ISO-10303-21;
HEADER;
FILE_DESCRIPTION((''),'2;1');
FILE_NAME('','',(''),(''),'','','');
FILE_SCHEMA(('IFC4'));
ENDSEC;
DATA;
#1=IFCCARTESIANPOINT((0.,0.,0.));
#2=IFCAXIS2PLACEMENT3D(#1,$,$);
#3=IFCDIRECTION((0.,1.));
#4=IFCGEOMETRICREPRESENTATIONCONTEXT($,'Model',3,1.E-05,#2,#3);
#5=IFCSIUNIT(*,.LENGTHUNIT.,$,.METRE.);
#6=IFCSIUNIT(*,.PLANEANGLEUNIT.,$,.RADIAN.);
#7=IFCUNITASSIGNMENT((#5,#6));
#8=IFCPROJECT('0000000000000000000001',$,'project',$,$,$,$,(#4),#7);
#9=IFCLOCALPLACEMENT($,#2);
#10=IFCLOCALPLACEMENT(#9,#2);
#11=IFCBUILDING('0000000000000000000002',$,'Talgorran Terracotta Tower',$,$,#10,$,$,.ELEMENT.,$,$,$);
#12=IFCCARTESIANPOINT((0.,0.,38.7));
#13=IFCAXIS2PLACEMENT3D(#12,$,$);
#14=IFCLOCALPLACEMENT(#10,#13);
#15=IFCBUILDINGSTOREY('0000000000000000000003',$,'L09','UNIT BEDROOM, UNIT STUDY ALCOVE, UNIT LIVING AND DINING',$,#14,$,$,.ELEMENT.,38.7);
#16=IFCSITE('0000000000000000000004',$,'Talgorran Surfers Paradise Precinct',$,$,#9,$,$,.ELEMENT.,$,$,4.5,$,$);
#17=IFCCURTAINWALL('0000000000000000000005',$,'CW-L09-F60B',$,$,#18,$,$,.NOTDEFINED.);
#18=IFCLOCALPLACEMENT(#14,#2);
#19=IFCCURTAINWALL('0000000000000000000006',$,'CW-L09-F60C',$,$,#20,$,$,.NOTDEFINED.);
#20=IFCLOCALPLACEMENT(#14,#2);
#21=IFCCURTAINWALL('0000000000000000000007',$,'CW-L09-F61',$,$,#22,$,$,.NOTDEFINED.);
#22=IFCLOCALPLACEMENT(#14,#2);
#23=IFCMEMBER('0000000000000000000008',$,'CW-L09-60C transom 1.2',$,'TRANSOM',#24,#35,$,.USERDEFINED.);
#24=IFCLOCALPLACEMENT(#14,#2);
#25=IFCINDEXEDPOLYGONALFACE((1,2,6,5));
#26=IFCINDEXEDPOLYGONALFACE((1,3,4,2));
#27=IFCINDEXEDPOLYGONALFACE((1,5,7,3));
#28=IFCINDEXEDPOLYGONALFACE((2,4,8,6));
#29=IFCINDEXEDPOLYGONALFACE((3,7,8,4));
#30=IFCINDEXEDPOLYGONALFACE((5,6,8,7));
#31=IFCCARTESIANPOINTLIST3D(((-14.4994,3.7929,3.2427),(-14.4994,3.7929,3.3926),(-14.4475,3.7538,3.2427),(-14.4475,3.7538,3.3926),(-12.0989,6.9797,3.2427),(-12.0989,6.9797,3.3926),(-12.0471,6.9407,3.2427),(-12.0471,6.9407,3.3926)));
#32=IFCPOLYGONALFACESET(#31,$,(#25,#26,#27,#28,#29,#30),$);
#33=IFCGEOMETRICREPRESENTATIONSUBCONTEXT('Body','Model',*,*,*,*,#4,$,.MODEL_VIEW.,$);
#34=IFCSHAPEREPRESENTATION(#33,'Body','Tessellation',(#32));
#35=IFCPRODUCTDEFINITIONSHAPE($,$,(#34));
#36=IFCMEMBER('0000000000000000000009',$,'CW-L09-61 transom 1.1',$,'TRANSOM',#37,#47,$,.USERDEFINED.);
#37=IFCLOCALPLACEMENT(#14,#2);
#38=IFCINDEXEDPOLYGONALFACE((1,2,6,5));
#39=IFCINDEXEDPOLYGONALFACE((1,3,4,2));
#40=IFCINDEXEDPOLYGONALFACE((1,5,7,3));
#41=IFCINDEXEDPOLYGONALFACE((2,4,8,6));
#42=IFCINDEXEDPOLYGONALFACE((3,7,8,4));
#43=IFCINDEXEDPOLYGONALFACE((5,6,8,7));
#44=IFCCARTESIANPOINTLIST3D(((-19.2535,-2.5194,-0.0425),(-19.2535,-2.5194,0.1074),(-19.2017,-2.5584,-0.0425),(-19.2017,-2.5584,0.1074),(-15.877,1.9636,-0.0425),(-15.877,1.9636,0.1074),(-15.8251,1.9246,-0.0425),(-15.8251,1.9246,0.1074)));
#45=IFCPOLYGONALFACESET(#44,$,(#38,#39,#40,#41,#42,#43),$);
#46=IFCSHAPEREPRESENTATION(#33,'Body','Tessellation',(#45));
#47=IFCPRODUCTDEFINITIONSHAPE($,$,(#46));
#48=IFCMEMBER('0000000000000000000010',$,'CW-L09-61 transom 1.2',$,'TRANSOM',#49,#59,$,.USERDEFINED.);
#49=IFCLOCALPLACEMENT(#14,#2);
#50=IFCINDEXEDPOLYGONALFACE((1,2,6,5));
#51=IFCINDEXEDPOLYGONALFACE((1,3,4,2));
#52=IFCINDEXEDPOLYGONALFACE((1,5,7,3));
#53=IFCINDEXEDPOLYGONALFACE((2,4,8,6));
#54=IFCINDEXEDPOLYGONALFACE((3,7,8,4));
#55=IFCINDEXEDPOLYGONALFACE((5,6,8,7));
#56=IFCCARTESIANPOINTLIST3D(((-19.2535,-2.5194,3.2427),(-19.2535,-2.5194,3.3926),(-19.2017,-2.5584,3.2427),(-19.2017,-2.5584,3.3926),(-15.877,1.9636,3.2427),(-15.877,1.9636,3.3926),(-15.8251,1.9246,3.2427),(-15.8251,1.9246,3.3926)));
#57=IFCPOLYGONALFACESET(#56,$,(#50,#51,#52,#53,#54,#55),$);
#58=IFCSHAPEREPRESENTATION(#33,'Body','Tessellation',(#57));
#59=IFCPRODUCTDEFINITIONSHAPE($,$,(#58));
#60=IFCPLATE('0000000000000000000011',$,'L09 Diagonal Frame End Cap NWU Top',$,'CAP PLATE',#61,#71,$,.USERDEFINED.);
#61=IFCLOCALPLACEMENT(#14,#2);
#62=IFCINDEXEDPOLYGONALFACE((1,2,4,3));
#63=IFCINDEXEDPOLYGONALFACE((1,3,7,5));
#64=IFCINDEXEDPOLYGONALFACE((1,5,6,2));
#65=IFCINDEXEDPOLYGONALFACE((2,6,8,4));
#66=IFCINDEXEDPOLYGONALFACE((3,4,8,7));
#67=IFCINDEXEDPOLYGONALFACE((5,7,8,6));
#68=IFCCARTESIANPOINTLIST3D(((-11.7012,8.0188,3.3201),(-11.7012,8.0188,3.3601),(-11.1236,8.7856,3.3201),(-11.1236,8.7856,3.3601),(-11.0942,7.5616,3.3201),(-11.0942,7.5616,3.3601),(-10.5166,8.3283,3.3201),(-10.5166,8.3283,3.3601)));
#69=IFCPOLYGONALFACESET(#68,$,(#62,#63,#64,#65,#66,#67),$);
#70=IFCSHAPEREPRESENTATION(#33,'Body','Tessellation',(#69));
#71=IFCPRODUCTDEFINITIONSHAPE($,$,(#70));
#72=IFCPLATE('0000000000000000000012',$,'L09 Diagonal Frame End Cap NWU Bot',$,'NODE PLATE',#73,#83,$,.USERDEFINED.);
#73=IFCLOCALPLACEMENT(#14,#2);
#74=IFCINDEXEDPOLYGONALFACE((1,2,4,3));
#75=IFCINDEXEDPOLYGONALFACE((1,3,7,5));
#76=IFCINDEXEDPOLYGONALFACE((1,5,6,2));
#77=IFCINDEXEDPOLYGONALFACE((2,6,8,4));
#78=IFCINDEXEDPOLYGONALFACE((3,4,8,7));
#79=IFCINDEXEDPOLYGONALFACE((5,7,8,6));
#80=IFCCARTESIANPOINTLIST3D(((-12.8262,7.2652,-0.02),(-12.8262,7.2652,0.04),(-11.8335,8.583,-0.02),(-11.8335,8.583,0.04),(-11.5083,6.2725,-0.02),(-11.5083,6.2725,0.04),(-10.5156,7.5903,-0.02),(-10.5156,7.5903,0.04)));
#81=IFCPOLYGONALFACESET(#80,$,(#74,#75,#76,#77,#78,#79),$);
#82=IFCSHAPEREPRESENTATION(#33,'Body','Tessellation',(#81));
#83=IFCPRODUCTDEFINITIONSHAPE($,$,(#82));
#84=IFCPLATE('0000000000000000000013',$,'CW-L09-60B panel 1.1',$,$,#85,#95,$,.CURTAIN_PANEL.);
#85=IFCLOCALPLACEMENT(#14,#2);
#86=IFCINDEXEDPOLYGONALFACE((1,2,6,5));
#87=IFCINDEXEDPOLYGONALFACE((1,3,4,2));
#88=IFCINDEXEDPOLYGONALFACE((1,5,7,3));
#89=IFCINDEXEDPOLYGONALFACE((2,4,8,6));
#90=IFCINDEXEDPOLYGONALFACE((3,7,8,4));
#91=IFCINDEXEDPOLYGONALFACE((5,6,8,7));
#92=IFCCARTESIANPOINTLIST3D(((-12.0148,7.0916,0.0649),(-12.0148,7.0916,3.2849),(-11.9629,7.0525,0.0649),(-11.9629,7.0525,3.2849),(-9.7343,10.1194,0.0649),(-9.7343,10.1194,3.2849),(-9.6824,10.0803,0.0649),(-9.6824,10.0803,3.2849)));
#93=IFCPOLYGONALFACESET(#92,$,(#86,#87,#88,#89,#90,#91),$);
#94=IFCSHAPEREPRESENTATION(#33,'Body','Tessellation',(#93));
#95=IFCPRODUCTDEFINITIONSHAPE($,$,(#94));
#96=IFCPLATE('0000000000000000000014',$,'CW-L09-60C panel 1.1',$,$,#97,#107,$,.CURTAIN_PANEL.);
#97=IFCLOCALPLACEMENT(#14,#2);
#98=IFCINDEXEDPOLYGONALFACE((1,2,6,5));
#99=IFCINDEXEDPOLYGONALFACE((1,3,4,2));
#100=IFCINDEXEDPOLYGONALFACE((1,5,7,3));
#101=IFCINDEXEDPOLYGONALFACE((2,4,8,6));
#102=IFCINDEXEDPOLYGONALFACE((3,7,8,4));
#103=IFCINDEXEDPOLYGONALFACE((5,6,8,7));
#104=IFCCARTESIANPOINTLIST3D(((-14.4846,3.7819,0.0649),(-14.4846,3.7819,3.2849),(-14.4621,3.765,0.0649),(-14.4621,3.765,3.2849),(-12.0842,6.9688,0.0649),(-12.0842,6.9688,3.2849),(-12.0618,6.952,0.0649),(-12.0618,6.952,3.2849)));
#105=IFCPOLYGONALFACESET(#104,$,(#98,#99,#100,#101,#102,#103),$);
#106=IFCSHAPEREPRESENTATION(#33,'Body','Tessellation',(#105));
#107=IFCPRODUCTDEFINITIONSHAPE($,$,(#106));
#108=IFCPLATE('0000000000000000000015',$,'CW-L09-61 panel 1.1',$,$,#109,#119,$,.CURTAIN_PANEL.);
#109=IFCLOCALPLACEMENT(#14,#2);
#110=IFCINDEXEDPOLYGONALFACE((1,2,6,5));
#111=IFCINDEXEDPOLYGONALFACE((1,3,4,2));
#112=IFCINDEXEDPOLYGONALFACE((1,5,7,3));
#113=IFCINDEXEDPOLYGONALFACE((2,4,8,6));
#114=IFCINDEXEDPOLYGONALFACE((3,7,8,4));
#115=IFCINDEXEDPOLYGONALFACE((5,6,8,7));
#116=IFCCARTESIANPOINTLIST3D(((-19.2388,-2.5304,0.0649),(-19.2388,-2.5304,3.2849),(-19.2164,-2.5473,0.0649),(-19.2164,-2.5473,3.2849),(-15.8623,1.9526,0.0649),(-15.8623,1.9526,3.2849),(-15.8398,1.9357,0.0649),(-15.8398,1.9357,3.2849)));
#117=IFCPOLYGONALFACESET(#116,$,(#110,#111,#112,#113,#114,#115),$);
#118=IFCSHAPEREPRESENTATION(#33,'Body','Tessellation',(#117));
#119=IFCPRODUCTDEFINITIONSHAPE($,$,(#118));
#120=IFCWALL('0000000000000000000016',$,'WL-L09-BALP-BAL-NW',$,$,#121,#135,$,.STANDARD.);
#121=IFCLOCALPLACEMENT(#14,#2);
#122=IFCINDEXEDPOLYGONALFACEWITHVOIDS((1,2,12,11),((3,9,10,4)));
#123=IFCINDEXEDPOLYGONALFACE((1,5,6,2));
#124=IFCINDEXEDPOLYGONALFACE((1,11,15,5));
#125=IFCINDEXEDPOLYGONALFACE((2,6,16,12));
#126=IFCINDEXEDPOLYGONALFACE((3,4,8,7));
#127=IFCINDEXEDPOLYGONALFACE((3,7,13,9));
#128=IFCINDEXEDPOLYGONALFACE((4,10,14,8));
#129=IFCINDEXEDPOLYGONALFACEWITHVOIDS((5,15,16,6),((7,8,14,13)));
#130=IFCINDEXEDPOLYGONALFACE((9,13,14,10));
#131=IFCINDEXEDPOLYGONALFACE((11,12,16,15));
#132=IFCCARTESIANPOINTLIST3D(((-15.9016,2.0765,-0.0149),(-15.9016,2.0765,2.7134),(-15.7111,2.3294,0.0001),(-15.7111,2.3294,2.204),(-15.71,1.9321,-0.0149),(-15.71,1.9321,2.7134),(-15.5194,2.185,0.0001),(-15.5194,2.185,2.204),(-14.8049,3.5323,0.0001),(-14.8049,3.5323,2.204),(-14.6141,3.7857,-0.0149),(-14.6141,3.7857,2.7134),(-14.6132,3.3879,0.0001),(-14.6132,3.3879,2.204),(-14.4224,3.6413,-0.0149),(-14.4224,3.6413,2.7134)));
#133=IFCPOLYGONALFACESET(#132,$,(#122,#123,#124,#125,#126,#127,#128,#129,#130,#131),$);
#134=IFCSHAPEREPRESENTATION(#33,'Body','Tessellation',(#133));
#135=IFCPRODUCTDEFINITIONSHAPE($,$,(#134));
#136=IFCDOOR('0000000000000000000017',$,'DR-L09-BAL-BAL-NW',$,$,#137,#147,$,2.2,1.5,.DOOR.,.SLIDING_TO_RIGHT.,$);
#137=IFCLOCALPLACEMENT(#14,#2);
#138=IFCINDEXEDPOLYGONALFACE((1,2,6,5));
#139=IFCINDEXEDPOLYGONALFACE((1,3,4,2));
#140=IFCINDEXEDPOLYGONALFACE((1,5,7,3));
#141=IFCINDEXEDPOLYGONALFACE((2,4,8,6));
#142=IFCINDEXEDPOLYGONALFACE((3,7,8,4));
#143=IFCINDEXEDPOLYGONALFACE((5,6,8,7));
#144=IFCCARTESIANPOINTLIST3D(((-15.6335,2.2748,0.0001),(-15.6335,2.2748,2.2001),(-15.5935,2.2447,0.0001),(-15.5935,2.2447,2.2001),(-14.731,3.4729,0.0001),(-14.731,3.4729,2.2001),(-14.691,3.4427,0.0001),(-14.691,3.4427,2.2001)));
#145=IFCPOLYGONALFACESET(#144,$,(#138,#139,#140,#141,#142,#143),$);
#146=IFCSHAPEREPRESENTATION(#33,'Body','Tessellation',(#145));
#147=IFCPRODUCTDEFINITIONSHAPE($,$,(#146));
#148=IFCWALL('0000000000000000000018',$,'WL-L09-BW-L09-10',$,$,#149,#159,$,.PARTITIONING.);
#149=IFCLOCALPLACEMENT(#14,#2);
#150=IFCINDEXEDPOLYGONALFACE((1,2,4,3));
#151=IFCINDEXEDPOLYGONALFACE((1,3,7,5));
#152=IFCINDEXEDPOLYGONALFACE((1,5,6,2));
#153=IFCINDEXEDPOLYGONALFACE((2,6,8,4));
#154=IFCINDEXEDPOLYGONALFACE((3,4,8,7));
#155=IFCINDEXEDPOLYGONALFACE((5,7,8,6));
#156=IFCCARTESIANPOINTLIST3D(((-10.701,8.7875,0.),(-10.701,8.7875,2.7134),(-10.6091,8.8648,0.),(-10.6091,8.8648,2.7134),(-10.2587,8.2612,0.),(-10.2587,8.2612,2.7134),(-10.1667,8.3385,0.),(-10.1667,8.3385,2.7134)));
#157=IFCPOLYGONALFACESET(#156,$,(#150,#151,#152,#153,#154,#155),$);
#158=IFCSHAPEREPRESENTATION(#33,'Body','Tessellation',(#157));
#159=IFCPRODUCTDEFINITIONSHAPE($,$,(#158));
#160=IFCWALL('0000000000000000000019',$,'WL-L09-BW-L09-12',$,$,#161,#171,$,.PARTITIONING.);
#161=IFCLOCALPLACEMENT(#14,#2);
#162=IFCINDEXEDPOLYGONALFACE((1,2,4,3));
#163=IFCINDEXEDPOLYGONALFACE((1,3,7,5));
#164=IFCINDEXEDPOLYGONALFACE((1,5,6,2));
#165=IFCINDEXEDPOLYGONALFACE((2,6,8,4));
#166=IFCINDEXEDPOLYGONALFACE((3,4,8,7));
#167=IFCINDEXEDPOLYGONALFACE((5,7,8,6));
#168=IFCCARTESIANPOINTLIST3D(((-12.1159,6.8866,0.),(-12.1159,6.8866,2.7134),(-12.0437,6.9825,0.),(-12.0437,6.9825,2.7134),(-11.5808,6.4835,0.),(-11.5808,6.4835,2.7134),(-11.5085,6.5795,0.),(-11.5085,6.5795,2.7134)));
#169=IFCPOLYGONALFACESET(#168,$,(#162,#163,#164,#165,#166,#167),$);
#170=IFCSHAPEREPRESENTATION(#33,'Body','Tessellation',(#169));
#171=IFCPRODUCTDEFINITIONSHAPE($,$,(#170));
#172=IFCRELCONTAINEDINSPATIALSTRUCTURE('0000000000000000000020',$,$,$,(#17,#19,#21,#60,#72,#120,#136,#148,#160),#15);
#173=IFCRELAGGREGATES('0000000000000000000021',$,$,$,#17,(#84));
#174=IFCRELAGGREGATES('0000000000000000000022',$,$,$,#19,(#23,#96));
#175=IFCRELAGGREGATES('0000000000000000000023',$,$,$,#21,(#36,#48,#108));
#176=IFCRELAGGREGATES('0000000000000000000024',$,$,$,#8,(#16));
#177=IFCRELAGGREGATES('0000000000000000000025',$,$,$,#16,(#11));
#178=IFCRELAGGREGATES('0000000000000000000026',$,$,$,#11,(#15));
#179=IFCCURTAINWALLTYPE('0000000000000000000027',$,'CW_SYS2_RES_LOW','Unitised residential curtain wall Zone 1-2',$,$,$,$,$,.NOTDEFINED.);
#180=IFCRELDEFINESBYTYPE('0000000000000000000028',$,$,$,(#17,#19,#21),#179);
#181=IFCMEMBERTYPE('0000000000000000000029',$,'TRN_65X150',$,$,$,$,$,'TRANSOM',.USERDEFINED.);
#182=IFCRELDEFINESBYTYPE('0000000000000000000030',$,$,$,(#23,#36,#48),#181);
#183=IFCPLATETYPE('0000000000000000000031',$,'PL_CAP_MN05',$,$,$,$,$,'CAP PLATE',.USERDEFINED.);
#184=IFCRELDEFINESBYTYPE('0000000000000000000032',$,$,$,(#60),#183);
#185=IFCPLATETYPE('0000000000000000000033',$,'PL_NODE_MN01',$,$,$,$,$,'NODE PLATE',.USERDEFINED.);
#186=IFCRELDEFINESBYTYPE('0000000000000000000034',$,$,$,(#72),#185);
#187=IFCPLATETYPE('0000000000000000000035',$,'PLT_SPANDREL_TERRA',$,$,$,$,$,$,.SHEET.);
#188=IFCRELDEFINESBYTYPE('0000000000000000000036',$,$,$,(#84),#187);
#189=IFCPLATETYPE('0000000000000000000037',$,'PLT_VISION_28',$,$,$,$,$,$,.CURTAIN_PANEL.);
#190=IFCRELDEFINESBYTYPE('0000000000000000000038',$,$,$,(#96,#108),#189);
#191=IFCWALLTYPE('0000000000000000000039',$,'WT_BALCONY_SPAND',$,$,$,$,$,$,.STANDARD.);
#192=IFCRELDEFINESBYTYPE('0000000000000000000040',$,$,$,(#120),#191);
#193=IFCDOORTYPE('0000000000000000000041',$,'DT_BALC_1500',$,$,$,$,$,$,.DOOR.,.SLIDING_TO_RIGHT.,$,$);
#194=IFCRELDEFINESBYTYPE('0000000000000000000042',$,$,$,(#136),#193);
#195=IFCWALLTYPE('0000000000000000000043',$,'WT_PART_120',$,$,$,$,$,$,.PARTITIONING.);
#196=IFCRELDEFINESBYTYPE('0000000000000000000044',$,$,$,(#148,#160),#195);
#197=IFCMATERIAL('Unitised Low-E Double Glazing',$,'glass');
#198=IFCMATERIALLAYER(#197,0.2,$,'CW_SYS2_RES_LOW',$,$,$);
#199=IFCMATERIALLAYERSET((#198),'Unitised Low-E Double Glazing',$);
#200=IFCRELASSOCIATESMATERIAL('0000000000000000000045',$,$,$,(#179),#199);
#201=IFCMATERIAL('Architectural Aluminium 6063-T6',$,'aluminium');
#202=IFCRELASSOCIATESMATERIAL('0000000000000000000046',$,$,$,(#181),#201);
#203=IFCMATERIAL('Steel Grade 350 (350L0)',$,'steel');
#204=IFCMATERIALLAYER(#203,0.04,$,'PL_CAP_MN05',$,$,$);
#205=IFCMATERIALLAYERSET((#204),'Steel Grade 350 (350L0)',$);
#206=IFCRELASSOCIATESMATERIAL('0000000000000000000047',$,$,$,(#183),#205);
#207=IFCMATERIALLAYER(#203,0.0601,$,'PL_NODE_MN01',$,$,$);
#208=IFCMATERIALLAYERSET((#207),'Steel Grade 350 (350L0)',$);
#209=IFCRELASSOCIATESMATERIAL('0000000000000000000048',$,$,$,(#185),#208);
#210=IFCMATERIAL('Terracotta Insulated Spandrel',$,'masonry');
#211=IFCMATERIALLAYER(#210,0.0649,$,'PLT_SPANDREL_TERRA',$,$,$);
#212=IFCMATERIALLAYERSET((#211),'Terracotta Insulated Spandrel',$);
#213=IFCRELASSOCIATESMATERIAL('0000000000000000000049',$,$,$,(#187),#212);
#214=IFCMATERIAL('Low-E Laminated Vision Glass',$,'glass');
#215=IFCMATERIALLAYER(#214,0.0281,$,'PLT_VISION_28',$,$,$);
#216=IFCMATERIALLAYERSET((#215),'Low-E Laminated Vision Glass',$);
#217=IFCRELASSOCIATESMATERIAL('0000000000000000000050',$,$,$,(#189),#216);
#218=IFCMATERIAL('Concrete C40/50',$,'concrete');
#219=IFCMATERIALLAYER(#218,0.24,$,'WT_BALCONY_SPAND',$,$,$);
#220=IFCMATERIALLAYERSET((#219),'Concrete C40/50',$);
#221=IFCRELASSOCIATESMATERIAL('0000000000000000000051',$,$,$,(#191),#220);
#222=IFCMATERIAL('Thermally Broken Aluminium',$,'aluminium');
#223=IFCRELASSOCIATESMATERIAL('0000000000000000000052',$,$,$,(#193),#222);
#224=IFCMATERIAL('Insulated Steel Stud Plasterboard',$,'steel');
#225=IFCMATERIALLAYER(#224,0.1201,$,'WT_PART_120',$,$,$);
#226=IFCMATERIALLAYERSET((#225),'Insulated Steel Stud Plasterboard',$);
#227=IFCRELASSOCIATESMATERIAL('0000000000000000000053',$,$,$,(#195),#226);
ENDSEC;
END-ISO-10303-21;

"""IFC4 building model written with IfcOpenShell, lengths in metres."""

from ifc_helpers import new_model, si_unit, direction, frame, frame_2d, origin, origin_2d, place, context, subcontext, project, spatial, rectangle, extrude, source, transform, mapped, material, layer, layer_set, material_profile, profile_set, type_object, type_shapes, element, fill, aggregate, save


model = new_model("IFC4")

# Units and contexts
model_context = context("Model", 3, precision=1e-05, world=origin(), true_north=direction((0.0, 1.0)))
body_context = subcontext(model_context, "Body", "Model", "MODEL_VIEW")
ifc_project = project(units=[si_unit("LENGTHUNIT", "METRE"), si_unit("PLANEANGLEUNIT", "RADIAN")], contexts=[model_context])

# Site, building, storey
site_placement = place(None, origin())
site = spatial("IfcSite", under=ifc_project, at=site_placement, Name="Talgorran Surfers Paradise Precinct", CompositionType="ELEMENT", RefElevation=4.5)
building_placement = place(site_placement, origin())
building = spatial("IfcBuilding", under=site, at=building_placement, Name="Talgorran Terracotta Tower", CompositionType="ELEMENT")
storey_placement = place(building_placement, frame((0.0, 0.0, 38.7)))
storey = spatial("IfcBuildingStorey", under=building, at=storey_placement, Name="L09", Description="UNIT BEDROOM, UNIT STUDY ALCOVE, UNIT LIVING AND DINING", CompositionType="ELEMENT", Elevation=38.7)

# Shared definitions
ifc_material_1 = material(Name="Steel Grade 350 (350L0)", Category="steel")

# Curtain wall
ifc_material_2 = material(Name="Unitised Low-E Double Glazing", Category="glass")
ifc_layer_1 = layer(ifc_material_2, 0.2, Name="CW_SYS2_RES_LOW")
ifc_layer_set_1 = layer_set([ifc_layer_1], Name="Unitised Low-E Double Glazing")
curtain_wall_type = type_object("IfcCurtainWallType", Name="CW_SYS2_RES_LOW", Description="Unitised residential curtain wall Zone 1-2", PredefinedType="NOTDEFINED", material=ifc_layer_set_1)
curtain_wall_1_placement = place(storey_placement, origin())
curtain_wall_1 = element("IfcCurtainWall", 1, at=curtain_wall_1_placement, inside=storey, type_object=curtain_wall_type, Name="CW-L09-F60B", PredefinedType="NOTDEFINED")
ifc_material_3 = material(Name="Architectural Aluminium 6063-T6", Category="aluminium")

# Curtain wall
curtain_wall_2_placement = place(storey_placement, origin())
curtain_wall_2 = element("IfcCurtainWall", 2, at=curtain_wall_2_placement, inside=storey, type_object=curtain_wall_type, Name="CW-L09-F60C", PredefinedType="NOTDEFINED")

# Curtain wall
curtain_wall_3_placement = place(storey_placement, origin())
curtain_wall_3 = element("IfcCurtainWall", 3, at=curtain_wall_3_placement, inside=storey, type_object=curtain_wall_type, Name="CW-L09-F61", PredefinedType="NOTDEFINED")

# Members
ifc_material_profile_1 = material_profile(ifc_material_3, rectangle(XDim=0.0649, YDim=0.1499, at=origin_2d()), Name="CWT65X150")
ifc_profile_set_1 = profile_set([ifc_material_profile_1], Name="Architectural Aluminium 6063-T6")
member_type_1 = type_object("IfcMemberType", Name="TRN_65X150", ElementType="TRANSOM", PredefinedType="USERDEFINED", material=ifc_profile_set_1)
member_1_placement = place(storey_placement, frame((-12.073, 6.9602, 3.3176), z_axis=(-0.601653, -0.798757, 0.0), x_axis=(0.798757, -0.601653, 0.0)))
member_1 = element("IfcMember", 4, at=member_1_placement, type_object=member_type_1, Name="CW-L09-60C transom 1.2", ObjectType="TRANSOM", PredefinedType="USERDEFINED", context=body_context, shape_type="SweptSolid", body=[
    extrude(rectangle(XDim=0.0649, YDim=0.1499, at=origin_2d()), origin(), (0.0, 0.0, 1.0), 3.9897),
])
member_2_placement = place(storey_placement, frame((-15.8511, 1.9441, 0.0325), z_axis=(-0.601627, -0.798777, 0.0), x_axis=(0.798777, -0.601627, 0.0)))
member_2 = element("IfcMember", 5, at=member_2_placement, type_object=member_type_1, Name="CW-L09-61 transom 1.1", ObjectType="TRANSOM", PredefinedType="USERDEFINED", context=body_context, shape_type="SweptSolid", body=[
    extrude(rectangle(XDim=0.0649, YDim=0.1499, at=origin_2d()), origin(), (0.0, 0.0, 1.0), 5.6123),
])
member_3_placement = place(storey_placement, frame((-15.8511, 1.9441, 3.3176), z_axis=(-0.601627, -0.798777, 0.0), x_axis=(0.798777, -0.601627, 0.0)))
member_3 = element("IfcMember", 6, at=member_3_placement, type_object=member_type_1, Name="CW-L09-61 transom 1.2", ObjectType="TRANSOM", PredefinedType="USERDEFINED", context=body_context, shape_type="SweptSolid", body=[
    extrude(rectangle(XDim=0.0649, YDim=0.1499, at=origin_2d()), origin(), (0.0, 0.0, 1.0), 5.6123),
])

# Plates
ifc_layer_2 = layer(ifc_material_1, 0.04, Name="PL_CAP_MN05")
ifc_layer_set_2 = layer_set([ifc_layer_2], Name="Steel Grade 350 (350L0)")
plate_type_1 = type_object("IfcPlateType", Name="PL_CAP_MN05", ElementType="CAP PLATE", PredefinedType="USERDEFINED", material=ifc_layer_set_2)
plate_1_placement = place(storey_placement, frame((-11.1089, 8.1736, 3.3201), z_axis=(0.0, 0.0, 1.0), x_axis=(0.601676, 0.798741, 0.0)))
element("IfcPlate", 7, at=plate_1_placement, inside=storey, type_object=plate_type_1, Name="L09 Diagonal Frame End Cap NWU Top", ObjectType="CAP PLATE", PredefinedType="USERDEFINED", context=body_context, shape_type="SweptSolid", body=[
    extrude(rectangle(XDim=0.96, YDim=0.76, at=origin_2d()), origin(), (0.0, 0.0, 1.0), 0.04),
])
ifc_layer_3 = layer(ifc_material_1, 0.0601, Name="PL_NODE_MN01")
ifc_layer_set_3 = layer_set([ifc_layer_3], Name="Steel Grade 350 (350L0)")
plate_type_2 = type_object("IfcPlateType", Name="PL_NODE_MN01", ElementType="NODE PLATE", PredefinedType="USERDEFINED", material=ifc_layer_set_3)
plate_2_placement = place(storey_placement, frame((-11.6709, 7.4277, -0.02), z_axis=(0.0, 0.0, 1.0), x_axis=(0.601676, 0.798741, 0.0)))
element("IfcPlate", 8, at=plate_2_placement, inside=storey, type_object=plate_type_2, Name="L09 Diagonal Frame End Cap NWU Bot", ObjectType="NODE PLATE", PredefinedType="USERDEFINED", context=body_context, shape_type="SweptSolid", body=[
    extrude(rectangle(XDim=1.6499, YDim=1.6499, at=origin_2d()), origin(), (0.0, 0.0, 1.0), 0.0601),
])

# Plates
ifc_material_4 = material(Name="Terracotta Insulated Spandrel", Category="masonry")
ifc_layer_4 = layer(ifc_material_4, 0.0649, Name="PLT_SPANDREL_TERRA")
ifc_layer_set_4 = layer_set([ifc_layer_4], Name="Terracotta Insulated Spandrel")
plate_type_3 = type_object("IfcPlateType", Name="PLT_SPANDREL_TERRA", PredefinedType="SHEET", material=ifc_layer_set_4)
shared_shape_1 = source(origin(), body_context, "Body", "SweptSolid", [
    extrude(rectangle(XDim=3.7905, YDim=0.0649, at=origin_2d()), origin(), (0.0, 0.0, 1.0), 3.22),
])
type_shapes(plate_type_3, [shared_shape_1])
plate_3_placement = place(storey_placement, frame((-10.8486, 8.5859, 0.0649), z_axis=(0.0, 0.0, 1.0), x_axis=(-0.601631, -0.798774, 0.0)))
plate_3 = element("IfcPlate", 9, at=plate_3_placement, type_object=plate_type_3, Name="CW-L09-60B panel 1.1", PredefinedType="CURTAIN_PANEL", context=body_context, shape_type="MappedRepresentation", body=[
    mapped(shared_shape_1, transform((0.0, 0.0, 0.0), scale=1.0)),
])
aggregate(curtain_wall_1, [plate_3])
ifc_material_5 = material(Name="Low-E Laminated Vision Glass", Category="glass")
ifc_layer_5 = layer(ifc_material_5, 0.0281, Name="PLT_VISION_28")
ifc_layer_set_5 = layer_set([ifc_layer_5], Name="Low-E Laminated Vision Glass")
plate_type_4 = type_object("IfcPlateType", Name="PLT_VISION_28", PredefinedType="CURTAIN_PANEL", material=ifc_layer_set_5)
shared_shape_2 = source(origin(), body_context, "Body", "SweptSolid", [
    extrude(rectangle(XDim=3.9897, YDim=0.0281, at=origin_2d()), origin(), (0.0, 0.0, 1.0), 3.22),
])
plate_4_placement = place(storey_placement, frame((-13.2732, 5.3669, 0.0649), z_axis=(0.0, 0.0, 1.0), x_axis=(-0.601626, -0.798778, 0.0)))
plate_4 = element("IfcPlate", 10, at=plate_4_placement, type_object=plate_type_4, Name="CW-L09-60C panel 1.1", PredefinedType="CURTAIN_PANEL", context=body_context, shape_type="MappedRepresentation", body=[
    mapped(shared_shape_2, transform((0.0, 0.0, 0.0), scale=1.0)),
])
aggregate(curtain_wall_2, [member_1, plate_4])
shared_shape_3 = source(origin(), body_context, "Body", "SweptSolid", [
    extrude(rectangle(XDim=5.6123, YDim=0.0281, at=origin_2d()), origin(), (0.0, 0.0, 1.0), 3.22),
])
type_shapes(plate_type_4, [shared_shape_2, shared_shape_3])
plate_5_placement = place(storey_placement, frame((-17.5393, -0.2974, 0.0649), z_axis=(0.0, 0.0, 1.0), x_axis=(-0.601629, -0.798776, 0.0)))
plate_5 = element("IfcPlate", 11, at=plate_5_placement, type_object=plate_type_4, Name="CW-L09-61 panel 1.1", PredefinedType="CURTAIN_PANEL", context=body_context, shape_type="MappedRepresentation", body=[
    mapped(shared_shape_3, transform((0.0, 0.0, 0.0), scale=1.0)),
])
aggregate(curtain_wall_3, [member_2, member_3, plate_5])

# Wall, opening, door
ifc_material_6 = material(Name="Concrete C40/50", Category="concrete")
ifc_layer_6 = layer(ifc_material_6, 0.24, Name="WT_BALCONY_SPAND")
ifc_layer_set_6 = layer_set([ifc_layer_6], Name="Concrete C40/50")
wall_type_1 = type_object("IfcWallType", Name="WT_BALCONY_SPAND", PredefinedType="STANDARD", material=ifc_layer_set_6)
wall_1_placement = place(storey_placement, frame((-14.5183, 3.7134, -0.0149), z_axis=(0.0, 0.0, 1.0), x_axis=(-0.601696, -0.798725, 0.0)))
wall_1 = element("IfcWall", 12, at=wall_1_placement, inside=storey, type_object=wall_type_1, Name="WL-L09-BALP-BAL-NW", PredefinedType="STANDARD", context=body_context, shape_type="SweptSolid", body=[
    extrude(rectangle(XDim=2.1399, YDim=0.24, at=frame_2d((1.0698, 0.0))), origin(), (0.0, 0.0, 1.0), 2.7283),
])
opening_placement = place(wall_1_placement, frame((0.3201, 0.0, 0.0149)))
opening = element("IfcOpeningElement", 13, at=opening_placement, cuts=wall_1, PredefinedType="OPENING", context=body_context, shape_type="SweptSolid", body=[
    extrude(rectangle(XDim=1.506, YDim=2.204, at=frame_2d((0.75, 1.1021))), frame((0.0, 0.1299, 0.0), z_axis=(0.0, -1.0, 0.0), x_axis=(1.0, 0.0, 0.0)), (0.0, 0.0, 1.0), 0.26),
])
ifc_material_7 = material(Name="Thermally Broken Aluminium", Category="aluminium")
door_type = type_object("IfcDoorType", Name="DT_BALC_1500", OperationType="SLIDING_TO_RIGHT", PredefinedType="DOOR", material=ifc_material_7)
door_placement = place(opening_placement, origin())
door = element("IfcDoor", 14, at=door_placement, inside=storey, type_object=door_type, Name="DR-L09-BAL-BAL-NW", OperationType="SLIDING_TO_RIGHT", OverallHeight=2.2, OverallWidth=1.5, PredefinedType="DOOR", context=body_context, shape_type="SweptSolid", body=[
    extrude(rectangle(XDim=1.5, YDim=2.2, at=frame_2d((0.75, 1.1001))), frame((0.0, 0.0249, 0.0), z_axis=(0.0, -1.0, 0.0), x_axis=(1.0, 0.0, 0.0)), (0.0, 0.0, 1.0), 0.05),
])
fill(opening, door)

# Walls
ifc_material_8 = material(Name="Insulated Steel Stud Plasterboard", Category="steel")
ifc_layer_7 = layer(ifc_material_8, 0.1201, Name="WT_PART_120")
ifc_layer_set_7 = layer_set([ifc_layer_7], Name="Insulated Steel Stud Plasterboard")
wall_type_2 = type_object("IfcWallType", Name="WT_PART_120", PredefinedType="PARTITIONING", material=ifc_layer_set_7)
wall_2_placement = place(storey_placement, frame((-10.655, 8.8262, 0.0), z_axis=(0.0, 0.0, 1.0), x_axis=(0.643392, -0.765537, 0.0)))
element("IfcWall", 15, at=wall_2_placement, inside=storey, type_object=wall_type_2, Name="WL-L09-BW-L09-10", PredefinedType="PARTITIONING", context=body_context, shape_type="SweptSolid", body=[
    extrude(rectangle(XDim=0.6875, YDim=0.1201, at=frame_2d((0.3438, 0.0))), origin(), (0.0, 0.0, 1.0), 2.7134),
])
wall_3_placement = place(storey_placement, frame((-11.5447, 6.5315, 0.0), z_axis=(0.0, 0.0, 1.0), x_axis=(-0.798774, 0.601631, 0.0)))
element("IfcWall", 16, at=wall_3_placement, inside=storey, type_object=wall_type_2, Name="WL-L09-BW-L09-12", PredefinedType="PARTITIONING", context=body_context, shape_type="SweptSolid", body=[
    extrude(rectangle(XDim=0.6699, YDim=0.1201, at=frame_2d((0.335, 0.0))), origin(), (0.0, 0.0, 1.0), 2.7134),
])

save(model, "model.ifc")
